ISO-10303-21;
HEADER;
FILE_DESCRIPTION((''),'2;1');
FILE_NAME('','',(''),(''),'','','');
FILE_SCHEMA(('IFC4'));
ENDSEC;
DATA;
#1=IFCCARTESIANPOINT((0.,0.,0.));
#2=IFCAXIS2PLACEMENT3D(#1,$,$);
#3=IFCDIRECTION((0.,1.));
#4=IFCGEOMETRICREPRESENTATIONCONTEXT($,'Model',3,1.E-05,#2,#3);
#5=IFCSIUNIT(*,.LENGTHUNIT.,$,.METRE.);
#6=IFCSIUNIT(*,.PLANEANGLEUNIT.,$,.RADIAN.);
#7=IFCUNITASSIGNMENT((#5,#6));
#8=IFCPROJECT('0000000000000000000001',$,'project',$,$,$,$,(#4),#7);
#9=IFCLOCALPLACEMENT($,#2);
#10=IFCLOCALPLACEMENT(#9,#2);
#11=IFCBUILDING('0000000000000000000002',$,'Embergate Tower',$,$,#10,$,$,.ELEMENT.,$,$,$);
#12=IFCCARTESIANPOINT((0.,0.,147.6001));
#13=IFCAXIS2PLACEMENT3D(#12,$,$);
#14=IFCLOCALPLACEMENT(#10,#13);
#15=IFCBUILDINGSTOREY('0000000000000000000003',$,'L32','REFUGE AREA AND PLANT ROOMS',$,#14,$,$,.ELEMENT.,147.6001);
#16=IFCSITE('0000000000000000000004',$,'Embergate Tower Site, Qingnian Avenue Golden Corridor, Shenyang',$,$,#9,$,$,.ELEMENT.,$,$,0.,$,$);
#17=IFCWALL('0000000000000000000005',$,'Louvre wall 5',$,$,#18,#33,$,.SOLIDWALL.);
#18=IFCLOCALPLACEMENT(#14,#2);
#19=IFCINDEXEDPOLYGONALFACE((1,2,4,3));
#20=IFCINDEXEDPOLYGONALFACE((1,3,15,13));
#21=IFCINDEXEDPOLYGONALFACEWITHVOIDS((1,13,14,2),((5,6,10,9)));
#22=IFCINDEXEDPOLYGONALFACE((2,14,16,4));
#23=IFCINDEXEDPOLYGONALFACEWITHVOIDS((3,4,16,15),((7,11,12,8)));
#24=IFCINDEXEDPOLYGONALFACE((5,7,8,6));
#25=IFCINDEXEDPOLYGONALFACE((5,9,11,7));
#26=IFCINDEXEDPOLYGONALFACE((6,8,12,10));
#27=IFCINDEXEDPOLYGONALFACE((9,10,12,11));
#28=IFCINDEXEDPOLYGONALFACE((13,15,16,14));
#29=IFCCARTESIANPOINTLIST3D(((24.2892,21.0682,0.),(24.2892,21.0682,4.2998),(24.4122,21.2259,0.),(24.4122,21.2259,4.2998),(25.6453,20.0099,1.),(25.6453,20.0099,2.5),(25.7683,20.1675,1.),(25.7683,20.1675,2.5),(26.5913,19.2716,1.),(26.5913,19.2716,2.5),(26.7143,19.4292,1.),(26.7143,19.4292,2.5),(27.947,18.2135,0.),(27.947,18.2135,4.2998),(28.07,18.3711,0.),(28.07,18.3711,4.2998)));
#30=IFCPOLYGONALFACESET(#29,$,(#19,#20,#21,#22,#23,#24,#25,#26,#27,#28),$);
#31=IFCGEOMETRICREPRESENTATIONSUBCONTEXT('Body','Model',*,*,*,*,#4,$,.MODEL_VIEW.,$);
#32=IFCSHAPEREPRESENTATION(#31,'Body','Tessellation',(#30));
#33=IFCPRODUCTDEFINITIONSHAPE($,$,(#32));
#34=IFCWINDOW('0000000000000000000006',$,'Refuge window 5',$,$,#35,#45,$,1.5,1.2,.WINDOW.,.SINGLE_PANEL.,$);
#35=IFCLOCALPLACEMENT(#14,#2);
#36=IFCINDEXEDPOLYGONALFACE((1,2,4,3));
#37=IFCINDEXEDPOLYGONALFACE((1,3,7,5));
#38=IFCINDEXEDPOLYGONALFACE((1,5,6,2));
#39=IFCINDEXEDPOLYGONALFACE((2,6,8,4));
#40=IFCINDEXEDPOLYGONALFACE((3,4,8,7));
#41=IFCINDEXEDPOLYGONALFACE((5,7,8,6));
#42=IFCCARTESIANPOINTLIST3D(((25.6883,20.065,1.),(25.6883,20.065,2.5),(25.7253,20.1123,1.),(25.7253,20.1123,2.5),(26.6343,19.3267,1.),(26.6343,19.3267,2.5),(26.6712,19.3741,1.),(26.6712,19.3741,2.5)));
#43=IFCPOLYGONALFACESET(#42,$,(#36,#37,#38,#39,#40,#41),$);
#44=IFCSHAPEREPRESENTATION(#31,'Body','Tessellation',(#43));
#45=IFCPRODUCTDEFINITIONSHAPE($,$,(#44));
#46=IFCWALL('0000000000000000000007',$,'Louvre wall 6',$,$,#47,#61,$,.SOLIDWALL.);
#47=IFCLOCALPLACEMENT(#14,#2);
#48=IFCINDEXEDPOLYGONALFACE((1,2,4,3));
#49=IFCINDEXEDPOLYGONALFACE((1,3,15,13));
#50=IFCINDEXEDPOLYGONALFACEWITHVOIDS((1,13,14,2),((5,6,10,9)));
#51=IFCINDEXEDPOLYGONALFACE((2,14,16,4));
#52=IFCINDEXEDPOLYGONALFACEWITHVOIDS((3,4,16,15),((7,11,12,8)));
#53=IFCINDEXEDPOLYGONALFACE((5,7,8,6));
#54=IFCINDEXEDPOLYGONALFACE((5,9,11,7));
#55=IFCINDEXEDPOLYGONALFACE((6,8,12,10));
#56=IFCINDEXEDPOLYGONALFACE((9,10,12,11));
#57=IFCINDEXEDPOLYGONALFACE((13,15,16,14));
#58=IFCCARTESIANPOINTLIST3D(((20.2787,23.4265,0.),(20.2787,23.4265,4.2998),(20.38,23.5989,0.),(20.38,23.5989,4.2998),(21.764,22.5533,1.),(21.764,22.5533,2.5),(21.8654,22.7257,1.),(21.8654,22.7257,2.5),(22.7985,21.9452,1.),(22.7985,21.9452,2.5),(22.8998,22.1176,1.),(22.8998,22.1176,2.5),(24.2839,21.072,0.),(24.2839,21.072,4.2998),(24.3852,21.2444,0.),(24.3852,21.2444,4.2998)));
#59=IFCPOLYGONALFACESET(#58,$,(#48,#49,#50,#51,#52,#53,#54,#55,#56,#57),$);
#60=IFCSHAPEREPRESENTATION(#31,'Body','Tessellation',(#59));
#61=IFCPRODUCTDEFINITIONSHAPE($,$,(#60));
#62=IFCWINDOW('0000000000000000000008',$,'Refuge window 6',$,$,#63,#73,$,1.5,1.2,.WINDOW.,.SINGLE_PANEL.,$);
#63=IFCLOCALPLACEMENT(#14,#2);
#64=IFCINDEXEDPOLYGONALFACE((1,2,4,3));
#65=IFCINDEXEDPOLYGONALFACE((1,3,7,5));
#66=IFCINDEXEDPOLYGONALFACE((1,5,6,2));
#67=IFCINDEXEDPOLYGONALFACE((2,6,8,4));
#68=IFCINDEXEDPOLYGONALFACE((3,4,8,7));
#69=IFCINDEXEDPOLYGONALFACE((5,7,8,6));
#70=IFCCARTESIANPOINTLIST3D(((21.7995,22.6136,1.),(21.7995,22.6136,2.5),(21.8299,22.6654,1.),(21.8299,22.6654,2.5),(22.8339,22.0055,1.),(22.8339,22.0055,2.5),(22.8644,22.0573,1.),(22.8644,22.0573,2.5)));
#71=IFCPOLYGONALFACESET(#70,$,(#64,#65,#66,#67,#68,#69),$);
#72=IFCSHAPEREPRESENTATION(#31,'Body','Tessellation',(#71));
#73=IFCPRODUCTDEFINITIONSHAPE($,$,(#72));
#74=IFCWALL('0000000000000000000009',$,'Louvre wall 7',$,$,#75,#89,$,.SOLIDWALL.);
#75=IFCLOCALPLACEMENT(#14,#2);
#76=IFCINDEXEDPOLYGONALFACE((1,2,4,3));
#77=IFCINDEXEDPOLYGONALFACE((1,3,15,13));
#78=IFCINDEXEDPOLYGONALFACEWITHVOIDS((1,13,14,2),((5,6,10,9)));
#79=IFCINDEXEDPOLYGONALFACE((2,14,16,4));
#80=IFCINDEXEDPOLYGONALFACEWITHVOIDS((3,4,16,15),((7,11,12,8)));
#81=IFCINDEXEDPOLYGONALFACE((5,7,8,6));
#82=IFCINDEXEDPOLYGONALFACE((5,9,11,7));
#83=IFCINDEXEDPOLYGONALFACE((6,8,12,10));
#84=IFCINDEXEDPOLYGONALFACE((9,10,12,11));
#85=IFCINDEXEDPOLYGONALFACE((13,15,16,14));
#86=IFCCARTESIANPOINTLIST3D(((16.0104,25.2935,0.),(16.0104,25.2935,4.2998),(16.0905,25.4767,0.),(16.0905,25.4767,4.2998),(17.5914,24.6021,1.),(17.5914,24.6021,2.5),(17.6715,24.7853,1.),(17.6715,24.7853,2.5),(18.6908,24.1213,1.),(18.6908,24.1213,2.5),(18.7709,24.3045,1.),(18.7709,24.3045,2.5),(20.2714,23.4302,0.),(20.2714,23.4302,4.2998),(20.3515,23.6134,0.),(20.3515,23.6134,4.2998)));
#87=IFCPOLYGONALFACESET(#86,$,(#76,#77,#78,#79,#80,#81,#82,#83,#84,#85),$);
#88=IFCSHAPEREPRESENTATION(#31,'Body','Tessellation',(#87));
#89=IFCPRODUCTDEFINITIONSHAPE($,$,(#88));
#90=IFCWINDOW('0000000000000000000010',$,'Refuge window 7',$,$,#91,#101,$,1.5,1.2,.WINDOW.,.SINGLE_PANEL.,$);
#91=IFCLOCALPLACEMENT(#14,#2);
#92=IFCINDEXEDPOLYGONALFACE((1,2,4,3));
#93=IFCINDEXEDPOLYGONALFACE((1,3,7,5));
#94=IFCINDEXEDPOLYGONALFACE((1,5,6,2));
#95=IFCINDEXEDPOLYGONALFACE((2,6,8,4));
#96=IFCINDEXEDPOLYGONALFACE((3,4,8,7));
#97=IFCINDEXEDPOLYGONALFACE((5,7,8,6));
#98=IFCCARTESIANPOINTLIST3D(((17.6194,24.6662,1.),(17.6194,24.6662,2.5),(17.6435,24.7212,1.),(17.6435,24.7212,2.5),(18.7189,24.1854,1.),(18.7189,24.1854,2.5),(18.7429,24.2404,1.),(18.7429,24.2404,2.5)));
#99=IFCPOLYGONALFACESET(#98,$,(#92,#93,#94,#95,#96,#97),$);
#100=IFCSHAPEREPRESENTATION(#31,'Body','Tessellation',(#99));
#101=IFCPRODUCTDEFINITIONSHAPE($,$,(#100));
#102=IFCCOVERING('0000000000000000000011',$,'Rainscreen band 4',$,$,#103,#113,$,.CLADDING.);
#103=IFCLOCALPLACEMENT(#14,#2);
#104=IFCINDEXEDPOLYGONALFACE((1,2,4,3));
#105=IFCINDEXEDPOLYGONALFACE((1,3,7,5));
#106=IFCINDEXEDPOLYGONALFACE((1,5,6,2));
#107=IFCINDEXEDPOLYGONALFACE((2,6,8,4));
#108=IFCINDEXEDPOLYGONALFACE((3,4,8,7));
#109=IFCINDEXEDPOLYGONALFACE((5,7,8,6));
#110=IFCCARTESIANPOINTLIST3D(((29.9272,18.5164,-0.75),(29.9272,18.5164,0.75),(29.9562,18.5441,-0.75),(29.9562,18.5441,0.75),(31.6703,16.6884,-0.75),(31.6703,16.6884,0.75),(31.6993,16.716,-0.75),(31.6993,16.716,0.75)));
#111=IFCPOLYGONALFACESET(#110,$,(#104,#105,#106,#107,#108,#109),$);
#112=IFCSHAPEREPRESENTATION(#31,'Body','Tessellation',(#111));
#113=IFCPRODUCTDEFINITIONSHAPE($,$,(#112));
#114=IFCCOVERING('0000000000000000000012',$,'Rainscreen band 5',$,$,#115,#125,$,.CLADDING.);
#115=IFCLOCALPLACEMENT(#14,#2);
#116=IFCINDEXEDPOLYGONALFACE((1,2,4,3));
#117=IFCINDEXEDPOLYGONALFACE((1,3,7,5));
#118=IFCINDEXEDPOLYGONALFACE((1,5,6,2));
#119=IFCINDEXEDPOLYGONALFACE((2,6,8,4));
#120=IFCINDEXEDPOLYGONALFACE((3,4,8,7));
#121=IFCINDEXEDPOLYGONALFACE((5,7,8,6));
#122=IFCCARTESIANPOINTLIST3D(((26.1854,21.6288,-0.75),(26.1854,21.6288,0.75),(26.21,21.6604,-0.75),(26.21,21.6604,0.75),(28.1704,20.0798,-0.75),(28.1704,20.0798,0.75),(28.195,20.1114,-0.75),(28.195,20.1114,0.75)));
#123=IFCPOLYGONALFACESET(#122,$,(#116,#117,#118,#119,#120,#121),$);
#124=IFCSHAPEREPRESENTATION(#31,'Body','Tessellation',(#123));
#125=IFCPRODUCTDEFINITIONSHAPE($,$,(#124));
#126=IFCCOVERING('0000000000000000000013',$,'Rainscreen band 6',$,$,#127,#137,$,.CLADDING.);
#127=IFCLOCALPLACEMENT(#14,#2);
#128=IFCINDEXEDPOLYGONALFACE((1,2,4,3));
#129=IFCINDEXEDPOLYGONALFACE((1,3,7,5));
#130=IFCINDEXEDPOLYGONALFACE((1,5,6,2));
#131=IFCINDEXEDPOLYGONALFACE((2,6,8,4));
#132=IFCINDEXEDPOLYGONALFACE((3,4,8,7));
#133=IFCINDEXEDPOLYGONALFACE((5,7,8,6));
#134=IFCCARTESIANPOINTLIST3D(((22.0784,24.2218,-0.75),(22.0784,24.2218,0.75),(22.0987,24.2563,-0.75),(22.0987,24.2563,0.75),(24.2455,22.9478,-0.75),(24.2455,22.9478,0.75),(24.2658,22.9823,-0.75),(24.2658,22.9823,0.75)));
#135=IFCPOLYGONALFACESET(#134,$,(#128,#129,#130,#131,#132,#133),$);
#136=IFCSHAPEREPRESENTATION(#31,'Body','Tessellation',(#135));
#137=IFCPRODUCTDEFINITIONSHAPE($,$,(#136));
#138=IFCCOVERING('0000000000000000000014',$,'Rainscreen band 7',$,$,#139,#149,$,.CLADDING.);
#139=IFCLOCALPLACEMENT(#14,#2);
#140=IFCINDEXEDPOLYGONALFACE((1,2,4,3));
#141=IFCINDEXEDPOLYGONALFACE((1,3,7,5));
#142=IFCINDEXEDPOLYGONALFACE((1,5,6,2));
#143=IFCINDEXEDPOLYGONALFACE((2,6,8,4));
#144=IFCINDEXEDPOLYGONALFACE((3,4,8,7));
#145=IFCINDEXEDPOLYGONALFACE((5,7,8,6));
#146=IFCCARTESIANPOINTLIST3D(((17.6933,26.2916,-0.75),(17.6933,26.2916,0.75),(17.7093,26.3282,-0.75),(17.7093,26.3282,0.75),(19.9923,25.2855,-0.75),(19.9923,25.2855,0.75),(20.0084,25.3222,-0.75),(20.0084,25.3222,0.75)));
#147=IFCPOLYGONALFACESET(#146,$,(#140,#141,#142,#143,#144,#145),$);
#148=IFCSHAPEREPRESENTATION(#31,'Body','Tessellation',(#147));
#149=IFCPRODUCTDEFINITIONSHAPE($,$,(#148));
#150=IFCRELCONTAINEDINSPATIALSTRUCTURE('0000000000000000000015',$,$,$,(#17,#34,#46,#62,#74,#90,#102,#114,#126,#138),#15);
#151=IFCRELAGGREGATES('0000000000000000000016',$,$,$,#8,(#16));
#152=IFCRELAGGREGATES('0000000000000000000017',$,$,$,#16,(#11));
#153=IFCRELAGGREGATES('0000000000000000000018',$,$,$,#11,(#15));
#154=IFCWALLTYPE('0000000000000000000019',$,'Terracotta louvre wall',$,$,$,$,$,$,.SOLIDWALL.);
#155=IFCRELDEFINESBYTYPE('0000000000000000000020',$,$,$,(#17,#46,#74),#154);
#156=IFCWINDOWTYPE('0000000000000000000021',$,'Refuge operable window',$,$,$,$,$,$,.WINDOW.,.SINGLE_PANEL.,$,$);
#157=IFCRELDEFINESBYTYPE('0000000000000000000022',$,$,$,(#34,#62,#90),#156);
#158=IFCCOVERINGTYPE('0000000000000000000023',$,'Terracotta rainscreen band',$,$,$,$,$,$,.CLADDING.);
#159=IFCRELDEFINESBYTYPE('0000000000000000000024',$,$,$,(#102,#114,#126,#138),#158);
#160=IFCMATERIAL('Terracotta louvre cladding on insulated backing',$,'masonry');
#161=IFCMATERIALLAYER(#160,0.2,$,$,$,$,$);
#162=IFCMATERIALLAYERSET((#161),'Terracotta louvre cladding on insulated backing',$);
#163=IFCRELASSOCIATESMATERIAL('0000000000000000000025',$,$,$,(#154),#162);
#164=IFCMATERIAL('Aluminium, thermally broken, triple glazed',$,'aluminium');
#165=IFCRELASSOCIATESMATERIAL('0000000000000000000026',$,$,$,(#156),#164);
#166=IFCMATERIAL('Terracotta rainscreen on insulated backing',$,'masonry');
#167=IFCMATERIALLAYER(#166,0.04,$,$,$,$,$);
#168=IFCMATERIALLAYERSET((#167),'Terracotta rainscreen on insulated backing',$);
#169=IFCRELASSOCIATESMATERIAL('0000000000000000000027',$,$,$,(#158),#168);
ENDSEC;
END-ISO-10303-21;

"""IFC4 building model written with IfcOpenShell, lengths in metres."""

from ifc_helpers import new_model, si_unit, direction, frame, frame_2d, origin, origin_2d, place, context, subcontext, project, spatial, rectangle, extrude, source, transform, mapped, material, layer, layer_set, type_object, element, fill, save


model = new_model("IFC4")

# Units and contexts
model_context = context("Model", 3, precision=1e-05, world=origin(), true_north=direction((0.0, 1.0)))
body_context = subcontext(model_context, "Body", "Model", "MODEL_VIEW")
ifc_project = project(units=[si_unit("LENGTHUNIT", "METRE"), si_unit("PLANEANGLEUNIT", "RADIAN")], contexts=[model_context])

# Site, building, storey
site_placement = place(None, origin())
site = spatial("IfcSite", under=ifc_project, at=site_placement, Name="Embergate Tower Site, Qingnian Avenue Golden Corridor, Shenyang", CompositionType="ELEMENT", RefElevation=0.0)
building_placement = place(site_placement, origin())
building = spatial("IfcBuilding", under=site, at=building_placement, Name="Embergate Tower", CompositionType="ELEMENT")
storey_placement = place(building_placement, frame((0.0, 0.0, 147.6001)))
storey = spatial("IfcBuildingStorey", under=building, at=storey_placement, Name="L32", Description="REFUGE AREA AND PLANT ROOMS", CompositionType="ELEMENT", Elevation=147.6001)

# Walls, openings, windows
ifc_material_1 = material(Name="Terracotta louvre cladding on insulated backing", Category="masonry")
ifc_layer_1 = layer(ifc_material_1, 0.2)
ifc_layer_set_1 = layer_set([ifc_layer_1], Name="Terracotta louvre cladding on insulated backing")
wall_type = type_object("IfcWallType", Name="Terracotta louvre wall", PredefinedType="SOLIDWALL", material=ifc_layer_set_1)
shared_shape_1 = source(origin(), body_context, "Body", "SweptSolid", [
    extrude(rectangle(XDim=1.2, YDim=1.5, at=frame_2d((0.6001, 0.75))), frame((0.0, 0.1099, 0.0), z_axis=(0.0, -1.0, 0.0), x_axis=(1.0, 0.0, 0.0)), (0.0, 0.0, 1.0), 0.22),
])
ifc_material_2 = material(Name="Aluminium, thermally broken, triple glazed", Category="aluminium")
window_type = type_object("IfcWindowType", Name="Refuge operable window", PartitioningType="SINGLE_PANEL", PredefinedType="WINDOW", material=ifc_material_2)
shared_shape_2 = source(origin(), body_context, "Body", "SweptSolid", [
    extrude(rectangle(XDim=1.2, YDim=1.5, at=frame_2d((0.6001, 0.75))), frame((0.0, 0.03, 0.0), z_axis=(0.0, -1.0, 0.0), x_axis=(1.0, 0.0, 0.0)), (0.0, 0.0, 1.0), 0.0601),
])
shared_shape_3 = source(origin(), body_context, "Body", "SweptSolid", [
    extrude(rectangle(XDim=4.6399, YDim=0.2, at=frame_2d((2.3198, 0.0))), origin(), (0.0, 0.0, 1.0), 4.2998),
])
wall_1_placement = place(storey_placement, frame((24.3508, 21.147, 0.0), z_axis=(0.0, 0.0, 1.0), x_axis=(0.788323, -0.615262, 0.0)))
wall_1 = element("IfcWall", 1, at=wall_1_placement, inside=storey, type_object=wall_type, Name="Louvre wall 5", PredefinedType="SOLIDWALL", context=body_context, shape_type="MappedRepresentation", body=[
    mapped(shared_shape_3, transform((0.0, 0.0, 0.0))),
])
opening_1_placement = place(wall_1_placement, frame((1.72, 0.0, 1.0)))
opening_1 = element("IfcOpeningElement", 2, at=opening_1_placement, cuts=wall_1, PredefinedType="OPENING", context=body_context, shape_type="MappedRepresentation", body=[
    mapped(shared_shape_1, transform((0.0, 0.0, 0.0))),
])
window_1_placement = place(opening_1_placement, origin())
window_1 = element("IfcWindow", 3, at=window_1_placement, inside=storey, type_object=window_type, Name="Refuge window 5", OverallHeight=1.5, OverallWidth=1.2, PartitioningType="SINGLE_PANEL", PredefinedType="WINDOW", context=body_context, shape_type="MappedRepresentation", body=[
    mapped(shared_shape_2, transform((0.0, 0.0, 0.0))),
])
fill(opening_1, window_1)
shared_shape_4 = source(origin(), body_context, "Body", "SweptSolid", [
    extrude(rectangle(XDim=4.646, YDim=0.2, at=frame_2d((2.323, 0.0))), origin(), (0.0, 0.0, 1.0), 4.2998),
])
wall_2_placement = place(storey_placement, frame((20.3293, 23.5127, 0.0), z_axis=(0.0, 0.0, 1.0), x_axis=(0.862072, -0.506786, 0.0)))
wall_2 = element("IfcWall", 4, at=wall_2_placement, inside=storey, type_object=wall_type, Name="Louvre wall 6", PredefinedType="SOLIDWALL", context=body_context, shape_type="MappedRepresentation", body=[
    mapped(shared_shape_4, transform((0.0, 0.0, 0.0))),
])
opening_2_placement = place(wall_2_placement, frame((1.7229, 0.0, 1.0)))
opening_2 = element("IfcOpeningElement", 5, at=opening_2_placement, cuts=wall_2, PredefinedType="OPENING", context=body_context, shape_type="MappedRepresentation", body=[
    mapped(shared_shape_1, transform((0.0, 0.0, 0.0))),
])
window_2_placement = place(opening_2_placement, origin())
window_2 = element("IfcWindow", 6, at=window_2_placement, inside=storey, type_object=window_type, Name="Refuge window 6", OverallHeight=1.5, OverallWidth=1.2, PartitioningType="SINGLE_PANEL", PredefinedType="WINDOW", context=body_context, shape_type="MappedRepresentation", body=[
    mapped(shared_shape_2, transform((0.0, 0.0, 0.0))),
])
fill(opening_2, window_2)
shared_shape_5 = source(origin(), body_context, "Body", "SweptSolid", [
    extrude(rectangle(XDim=4.6506, YDim=0.2, at=frame_2d((2.3252, 0.0))), origin(), (0.0, 0.0, 1.0), 4.2998),
])
wall_3_placement = place(storey_placement, frame((16.0505, 25.385, 0.0), z_axis=(0.0, 0.0, 1.0), x_axis=(0.916228, -0.400656, 0.0)))
wall_3 = element("IfcWall", 7, at=wall_3_placement, inside=storey, type_object=wall_type, Name="Louvre wall 7", PredefinedType="SOLIDWALL", context=body_context, shape_type="MappedRepresentation", body=[
    mapped(shared_shape_5, transform((0.0, 0.0, 0.0))),
])
opening_3_placement = place(wall_3_placement, frame((1.7253, 0.0, 1.0)))
opening_3 = element("IfcOpeningElement", 8, at=opening_3_placement, cuts=wall_3, PredefinedType="OPENING", context=body_context, shape_type="MappedRepresentation", body=[
    mapped(shared_shape_1, transform((0.0, 0.0, 0.0))),
])
window_3_placement = place(opening_3_placement, origin())
window_3 = element("IfcWindow", 9, at=window_3_placement, inside=storey, type_object=window_type, Name="Refuge window 7", OverallHeight=1.5, OverallWidth=1.2, PartitioningType="SINGLE_PANEL", PredefinedType="WINDOW", context=body_context, shape_type="MappedRepresentation", body=[
    mapped(shared_shape_2, transform((0.0, 0.0, 0.0))),
])
fill(opening_3, window_3)

# Coverings
ifc_material_3 = material(Name="Terracotta rainscreen on insulated backing", Category="masonry")
ifc_layer_2 = layer(ifc_material_3, 0.04)
ifc_layer_set_2 = layer_set([ifc_layer_2], Name="Terracotta rainscreen on insulated backing")
covering_type = type_object("IfcCoveringType", Name="Terracotta rainscreen band", PredefinedType="CLADDING", material=ifc_layer_set_2)
shared_shape_6 = source(origin(), body_context, "Body", "SweptSolid", [
    extrude(rectangle(XDim=2.5259, YDim=0.04, at=origin_2d()), origin(), (0.0, 0.0, 1.0), 1.5),
])
covering_1_placement = place(storey_placement, frame((30.8132, 17.6162, -0.75), z_axis=(0.0, 0.0, 1.0), x_axis=(-0.690081, 0.723732, 0.0)))
element("IfcCovering", 10, at=covering_1_placement, inside=storey, type_object=covering_type, Name="Rainscreen band 4", PredefinedType="CLADDING", context=body_context, shape_type="MappedRepresentation", body=[
    mapped(shared_shape_6, transform((0.0, 0.0, 0.0))),
])
shared_shape_7 = source(origin(), body_context, "Body", "SweptSolid", [
    extrude(rectangle(XDim=2.5178, YDim=0.04, at=origin_2d()), origin(), (0.0, 0.0, 1.0), 1.5),
])
covering_2_placement = place(storey_placement, frame((27.1902, 20.8701, -0.75), z_axis=(0.0, 0.0, 1.0), x_axis=(-0.788367, 0.615205, 0.0)))
element("IfcCovering", 11, at=covering_2_placement, inside=storey, type_object=covering_type, Name="Rainscreen band 5", PredefinedType="CLADDING", context=body_context, shape_type="MappedRepresentation", body=[
    mapped(shared_shape_7, transform((0.0, 0.0, 0.0))),
])
shared_shape_8 = source(origin(), body_context, "Body", "SweptSolid", [
    extrude(rectangle(XDim=2.5139, YDim=0.04, at=origin_2d()), origin(), (0.0, 0.0, 1.0), 1.5),
])
covering_3_placement = place(storey_placement, frame((23.1721, 23.6021, -0.75), z_axis=(0.0, 0.0, 1.0), x_axis=(-0.862057, 0.506812, 0.0)))
element("IfcCovering", 12, at=covering_3_placement, inside=storey, type_object=covering_type, Name="Rainscreen band 6", PredefinedType="CLADDING", context=body_context, shape_type="MappedRepresentation", body=[
    mapped(shared_shape_8, transform((0.0, 0.0, 0.0))),
])
shared_shape_9 = source(origin(), body_context, "Body", "SweptSolid", [
    extrude(rectangle(XDim=2.5095, YDim=0.04, at=origin_2d()), origin(), (0.0, 0.0, 1.0), 1.5),
])
covering_4_placement = place(storey_placement, frame((18.8508, 25.8069, -0.75), z_axis=(0.0, 0.0, 1.0), x_axis=(-0.91613, 0.400882, 0.0)))
element("IfcCovering", 13, at=covering_4_placement, inside=storey, type_object=covering_type, Name="Rainscreen band 7", PredefinedType="CLADDING", context=body_context, shape_type="MappedRepresentation", body=[
    mapped(shared_shape_9, transform((0.0, 0.0, 0.0))),
])

save(model, "model.ifc")
